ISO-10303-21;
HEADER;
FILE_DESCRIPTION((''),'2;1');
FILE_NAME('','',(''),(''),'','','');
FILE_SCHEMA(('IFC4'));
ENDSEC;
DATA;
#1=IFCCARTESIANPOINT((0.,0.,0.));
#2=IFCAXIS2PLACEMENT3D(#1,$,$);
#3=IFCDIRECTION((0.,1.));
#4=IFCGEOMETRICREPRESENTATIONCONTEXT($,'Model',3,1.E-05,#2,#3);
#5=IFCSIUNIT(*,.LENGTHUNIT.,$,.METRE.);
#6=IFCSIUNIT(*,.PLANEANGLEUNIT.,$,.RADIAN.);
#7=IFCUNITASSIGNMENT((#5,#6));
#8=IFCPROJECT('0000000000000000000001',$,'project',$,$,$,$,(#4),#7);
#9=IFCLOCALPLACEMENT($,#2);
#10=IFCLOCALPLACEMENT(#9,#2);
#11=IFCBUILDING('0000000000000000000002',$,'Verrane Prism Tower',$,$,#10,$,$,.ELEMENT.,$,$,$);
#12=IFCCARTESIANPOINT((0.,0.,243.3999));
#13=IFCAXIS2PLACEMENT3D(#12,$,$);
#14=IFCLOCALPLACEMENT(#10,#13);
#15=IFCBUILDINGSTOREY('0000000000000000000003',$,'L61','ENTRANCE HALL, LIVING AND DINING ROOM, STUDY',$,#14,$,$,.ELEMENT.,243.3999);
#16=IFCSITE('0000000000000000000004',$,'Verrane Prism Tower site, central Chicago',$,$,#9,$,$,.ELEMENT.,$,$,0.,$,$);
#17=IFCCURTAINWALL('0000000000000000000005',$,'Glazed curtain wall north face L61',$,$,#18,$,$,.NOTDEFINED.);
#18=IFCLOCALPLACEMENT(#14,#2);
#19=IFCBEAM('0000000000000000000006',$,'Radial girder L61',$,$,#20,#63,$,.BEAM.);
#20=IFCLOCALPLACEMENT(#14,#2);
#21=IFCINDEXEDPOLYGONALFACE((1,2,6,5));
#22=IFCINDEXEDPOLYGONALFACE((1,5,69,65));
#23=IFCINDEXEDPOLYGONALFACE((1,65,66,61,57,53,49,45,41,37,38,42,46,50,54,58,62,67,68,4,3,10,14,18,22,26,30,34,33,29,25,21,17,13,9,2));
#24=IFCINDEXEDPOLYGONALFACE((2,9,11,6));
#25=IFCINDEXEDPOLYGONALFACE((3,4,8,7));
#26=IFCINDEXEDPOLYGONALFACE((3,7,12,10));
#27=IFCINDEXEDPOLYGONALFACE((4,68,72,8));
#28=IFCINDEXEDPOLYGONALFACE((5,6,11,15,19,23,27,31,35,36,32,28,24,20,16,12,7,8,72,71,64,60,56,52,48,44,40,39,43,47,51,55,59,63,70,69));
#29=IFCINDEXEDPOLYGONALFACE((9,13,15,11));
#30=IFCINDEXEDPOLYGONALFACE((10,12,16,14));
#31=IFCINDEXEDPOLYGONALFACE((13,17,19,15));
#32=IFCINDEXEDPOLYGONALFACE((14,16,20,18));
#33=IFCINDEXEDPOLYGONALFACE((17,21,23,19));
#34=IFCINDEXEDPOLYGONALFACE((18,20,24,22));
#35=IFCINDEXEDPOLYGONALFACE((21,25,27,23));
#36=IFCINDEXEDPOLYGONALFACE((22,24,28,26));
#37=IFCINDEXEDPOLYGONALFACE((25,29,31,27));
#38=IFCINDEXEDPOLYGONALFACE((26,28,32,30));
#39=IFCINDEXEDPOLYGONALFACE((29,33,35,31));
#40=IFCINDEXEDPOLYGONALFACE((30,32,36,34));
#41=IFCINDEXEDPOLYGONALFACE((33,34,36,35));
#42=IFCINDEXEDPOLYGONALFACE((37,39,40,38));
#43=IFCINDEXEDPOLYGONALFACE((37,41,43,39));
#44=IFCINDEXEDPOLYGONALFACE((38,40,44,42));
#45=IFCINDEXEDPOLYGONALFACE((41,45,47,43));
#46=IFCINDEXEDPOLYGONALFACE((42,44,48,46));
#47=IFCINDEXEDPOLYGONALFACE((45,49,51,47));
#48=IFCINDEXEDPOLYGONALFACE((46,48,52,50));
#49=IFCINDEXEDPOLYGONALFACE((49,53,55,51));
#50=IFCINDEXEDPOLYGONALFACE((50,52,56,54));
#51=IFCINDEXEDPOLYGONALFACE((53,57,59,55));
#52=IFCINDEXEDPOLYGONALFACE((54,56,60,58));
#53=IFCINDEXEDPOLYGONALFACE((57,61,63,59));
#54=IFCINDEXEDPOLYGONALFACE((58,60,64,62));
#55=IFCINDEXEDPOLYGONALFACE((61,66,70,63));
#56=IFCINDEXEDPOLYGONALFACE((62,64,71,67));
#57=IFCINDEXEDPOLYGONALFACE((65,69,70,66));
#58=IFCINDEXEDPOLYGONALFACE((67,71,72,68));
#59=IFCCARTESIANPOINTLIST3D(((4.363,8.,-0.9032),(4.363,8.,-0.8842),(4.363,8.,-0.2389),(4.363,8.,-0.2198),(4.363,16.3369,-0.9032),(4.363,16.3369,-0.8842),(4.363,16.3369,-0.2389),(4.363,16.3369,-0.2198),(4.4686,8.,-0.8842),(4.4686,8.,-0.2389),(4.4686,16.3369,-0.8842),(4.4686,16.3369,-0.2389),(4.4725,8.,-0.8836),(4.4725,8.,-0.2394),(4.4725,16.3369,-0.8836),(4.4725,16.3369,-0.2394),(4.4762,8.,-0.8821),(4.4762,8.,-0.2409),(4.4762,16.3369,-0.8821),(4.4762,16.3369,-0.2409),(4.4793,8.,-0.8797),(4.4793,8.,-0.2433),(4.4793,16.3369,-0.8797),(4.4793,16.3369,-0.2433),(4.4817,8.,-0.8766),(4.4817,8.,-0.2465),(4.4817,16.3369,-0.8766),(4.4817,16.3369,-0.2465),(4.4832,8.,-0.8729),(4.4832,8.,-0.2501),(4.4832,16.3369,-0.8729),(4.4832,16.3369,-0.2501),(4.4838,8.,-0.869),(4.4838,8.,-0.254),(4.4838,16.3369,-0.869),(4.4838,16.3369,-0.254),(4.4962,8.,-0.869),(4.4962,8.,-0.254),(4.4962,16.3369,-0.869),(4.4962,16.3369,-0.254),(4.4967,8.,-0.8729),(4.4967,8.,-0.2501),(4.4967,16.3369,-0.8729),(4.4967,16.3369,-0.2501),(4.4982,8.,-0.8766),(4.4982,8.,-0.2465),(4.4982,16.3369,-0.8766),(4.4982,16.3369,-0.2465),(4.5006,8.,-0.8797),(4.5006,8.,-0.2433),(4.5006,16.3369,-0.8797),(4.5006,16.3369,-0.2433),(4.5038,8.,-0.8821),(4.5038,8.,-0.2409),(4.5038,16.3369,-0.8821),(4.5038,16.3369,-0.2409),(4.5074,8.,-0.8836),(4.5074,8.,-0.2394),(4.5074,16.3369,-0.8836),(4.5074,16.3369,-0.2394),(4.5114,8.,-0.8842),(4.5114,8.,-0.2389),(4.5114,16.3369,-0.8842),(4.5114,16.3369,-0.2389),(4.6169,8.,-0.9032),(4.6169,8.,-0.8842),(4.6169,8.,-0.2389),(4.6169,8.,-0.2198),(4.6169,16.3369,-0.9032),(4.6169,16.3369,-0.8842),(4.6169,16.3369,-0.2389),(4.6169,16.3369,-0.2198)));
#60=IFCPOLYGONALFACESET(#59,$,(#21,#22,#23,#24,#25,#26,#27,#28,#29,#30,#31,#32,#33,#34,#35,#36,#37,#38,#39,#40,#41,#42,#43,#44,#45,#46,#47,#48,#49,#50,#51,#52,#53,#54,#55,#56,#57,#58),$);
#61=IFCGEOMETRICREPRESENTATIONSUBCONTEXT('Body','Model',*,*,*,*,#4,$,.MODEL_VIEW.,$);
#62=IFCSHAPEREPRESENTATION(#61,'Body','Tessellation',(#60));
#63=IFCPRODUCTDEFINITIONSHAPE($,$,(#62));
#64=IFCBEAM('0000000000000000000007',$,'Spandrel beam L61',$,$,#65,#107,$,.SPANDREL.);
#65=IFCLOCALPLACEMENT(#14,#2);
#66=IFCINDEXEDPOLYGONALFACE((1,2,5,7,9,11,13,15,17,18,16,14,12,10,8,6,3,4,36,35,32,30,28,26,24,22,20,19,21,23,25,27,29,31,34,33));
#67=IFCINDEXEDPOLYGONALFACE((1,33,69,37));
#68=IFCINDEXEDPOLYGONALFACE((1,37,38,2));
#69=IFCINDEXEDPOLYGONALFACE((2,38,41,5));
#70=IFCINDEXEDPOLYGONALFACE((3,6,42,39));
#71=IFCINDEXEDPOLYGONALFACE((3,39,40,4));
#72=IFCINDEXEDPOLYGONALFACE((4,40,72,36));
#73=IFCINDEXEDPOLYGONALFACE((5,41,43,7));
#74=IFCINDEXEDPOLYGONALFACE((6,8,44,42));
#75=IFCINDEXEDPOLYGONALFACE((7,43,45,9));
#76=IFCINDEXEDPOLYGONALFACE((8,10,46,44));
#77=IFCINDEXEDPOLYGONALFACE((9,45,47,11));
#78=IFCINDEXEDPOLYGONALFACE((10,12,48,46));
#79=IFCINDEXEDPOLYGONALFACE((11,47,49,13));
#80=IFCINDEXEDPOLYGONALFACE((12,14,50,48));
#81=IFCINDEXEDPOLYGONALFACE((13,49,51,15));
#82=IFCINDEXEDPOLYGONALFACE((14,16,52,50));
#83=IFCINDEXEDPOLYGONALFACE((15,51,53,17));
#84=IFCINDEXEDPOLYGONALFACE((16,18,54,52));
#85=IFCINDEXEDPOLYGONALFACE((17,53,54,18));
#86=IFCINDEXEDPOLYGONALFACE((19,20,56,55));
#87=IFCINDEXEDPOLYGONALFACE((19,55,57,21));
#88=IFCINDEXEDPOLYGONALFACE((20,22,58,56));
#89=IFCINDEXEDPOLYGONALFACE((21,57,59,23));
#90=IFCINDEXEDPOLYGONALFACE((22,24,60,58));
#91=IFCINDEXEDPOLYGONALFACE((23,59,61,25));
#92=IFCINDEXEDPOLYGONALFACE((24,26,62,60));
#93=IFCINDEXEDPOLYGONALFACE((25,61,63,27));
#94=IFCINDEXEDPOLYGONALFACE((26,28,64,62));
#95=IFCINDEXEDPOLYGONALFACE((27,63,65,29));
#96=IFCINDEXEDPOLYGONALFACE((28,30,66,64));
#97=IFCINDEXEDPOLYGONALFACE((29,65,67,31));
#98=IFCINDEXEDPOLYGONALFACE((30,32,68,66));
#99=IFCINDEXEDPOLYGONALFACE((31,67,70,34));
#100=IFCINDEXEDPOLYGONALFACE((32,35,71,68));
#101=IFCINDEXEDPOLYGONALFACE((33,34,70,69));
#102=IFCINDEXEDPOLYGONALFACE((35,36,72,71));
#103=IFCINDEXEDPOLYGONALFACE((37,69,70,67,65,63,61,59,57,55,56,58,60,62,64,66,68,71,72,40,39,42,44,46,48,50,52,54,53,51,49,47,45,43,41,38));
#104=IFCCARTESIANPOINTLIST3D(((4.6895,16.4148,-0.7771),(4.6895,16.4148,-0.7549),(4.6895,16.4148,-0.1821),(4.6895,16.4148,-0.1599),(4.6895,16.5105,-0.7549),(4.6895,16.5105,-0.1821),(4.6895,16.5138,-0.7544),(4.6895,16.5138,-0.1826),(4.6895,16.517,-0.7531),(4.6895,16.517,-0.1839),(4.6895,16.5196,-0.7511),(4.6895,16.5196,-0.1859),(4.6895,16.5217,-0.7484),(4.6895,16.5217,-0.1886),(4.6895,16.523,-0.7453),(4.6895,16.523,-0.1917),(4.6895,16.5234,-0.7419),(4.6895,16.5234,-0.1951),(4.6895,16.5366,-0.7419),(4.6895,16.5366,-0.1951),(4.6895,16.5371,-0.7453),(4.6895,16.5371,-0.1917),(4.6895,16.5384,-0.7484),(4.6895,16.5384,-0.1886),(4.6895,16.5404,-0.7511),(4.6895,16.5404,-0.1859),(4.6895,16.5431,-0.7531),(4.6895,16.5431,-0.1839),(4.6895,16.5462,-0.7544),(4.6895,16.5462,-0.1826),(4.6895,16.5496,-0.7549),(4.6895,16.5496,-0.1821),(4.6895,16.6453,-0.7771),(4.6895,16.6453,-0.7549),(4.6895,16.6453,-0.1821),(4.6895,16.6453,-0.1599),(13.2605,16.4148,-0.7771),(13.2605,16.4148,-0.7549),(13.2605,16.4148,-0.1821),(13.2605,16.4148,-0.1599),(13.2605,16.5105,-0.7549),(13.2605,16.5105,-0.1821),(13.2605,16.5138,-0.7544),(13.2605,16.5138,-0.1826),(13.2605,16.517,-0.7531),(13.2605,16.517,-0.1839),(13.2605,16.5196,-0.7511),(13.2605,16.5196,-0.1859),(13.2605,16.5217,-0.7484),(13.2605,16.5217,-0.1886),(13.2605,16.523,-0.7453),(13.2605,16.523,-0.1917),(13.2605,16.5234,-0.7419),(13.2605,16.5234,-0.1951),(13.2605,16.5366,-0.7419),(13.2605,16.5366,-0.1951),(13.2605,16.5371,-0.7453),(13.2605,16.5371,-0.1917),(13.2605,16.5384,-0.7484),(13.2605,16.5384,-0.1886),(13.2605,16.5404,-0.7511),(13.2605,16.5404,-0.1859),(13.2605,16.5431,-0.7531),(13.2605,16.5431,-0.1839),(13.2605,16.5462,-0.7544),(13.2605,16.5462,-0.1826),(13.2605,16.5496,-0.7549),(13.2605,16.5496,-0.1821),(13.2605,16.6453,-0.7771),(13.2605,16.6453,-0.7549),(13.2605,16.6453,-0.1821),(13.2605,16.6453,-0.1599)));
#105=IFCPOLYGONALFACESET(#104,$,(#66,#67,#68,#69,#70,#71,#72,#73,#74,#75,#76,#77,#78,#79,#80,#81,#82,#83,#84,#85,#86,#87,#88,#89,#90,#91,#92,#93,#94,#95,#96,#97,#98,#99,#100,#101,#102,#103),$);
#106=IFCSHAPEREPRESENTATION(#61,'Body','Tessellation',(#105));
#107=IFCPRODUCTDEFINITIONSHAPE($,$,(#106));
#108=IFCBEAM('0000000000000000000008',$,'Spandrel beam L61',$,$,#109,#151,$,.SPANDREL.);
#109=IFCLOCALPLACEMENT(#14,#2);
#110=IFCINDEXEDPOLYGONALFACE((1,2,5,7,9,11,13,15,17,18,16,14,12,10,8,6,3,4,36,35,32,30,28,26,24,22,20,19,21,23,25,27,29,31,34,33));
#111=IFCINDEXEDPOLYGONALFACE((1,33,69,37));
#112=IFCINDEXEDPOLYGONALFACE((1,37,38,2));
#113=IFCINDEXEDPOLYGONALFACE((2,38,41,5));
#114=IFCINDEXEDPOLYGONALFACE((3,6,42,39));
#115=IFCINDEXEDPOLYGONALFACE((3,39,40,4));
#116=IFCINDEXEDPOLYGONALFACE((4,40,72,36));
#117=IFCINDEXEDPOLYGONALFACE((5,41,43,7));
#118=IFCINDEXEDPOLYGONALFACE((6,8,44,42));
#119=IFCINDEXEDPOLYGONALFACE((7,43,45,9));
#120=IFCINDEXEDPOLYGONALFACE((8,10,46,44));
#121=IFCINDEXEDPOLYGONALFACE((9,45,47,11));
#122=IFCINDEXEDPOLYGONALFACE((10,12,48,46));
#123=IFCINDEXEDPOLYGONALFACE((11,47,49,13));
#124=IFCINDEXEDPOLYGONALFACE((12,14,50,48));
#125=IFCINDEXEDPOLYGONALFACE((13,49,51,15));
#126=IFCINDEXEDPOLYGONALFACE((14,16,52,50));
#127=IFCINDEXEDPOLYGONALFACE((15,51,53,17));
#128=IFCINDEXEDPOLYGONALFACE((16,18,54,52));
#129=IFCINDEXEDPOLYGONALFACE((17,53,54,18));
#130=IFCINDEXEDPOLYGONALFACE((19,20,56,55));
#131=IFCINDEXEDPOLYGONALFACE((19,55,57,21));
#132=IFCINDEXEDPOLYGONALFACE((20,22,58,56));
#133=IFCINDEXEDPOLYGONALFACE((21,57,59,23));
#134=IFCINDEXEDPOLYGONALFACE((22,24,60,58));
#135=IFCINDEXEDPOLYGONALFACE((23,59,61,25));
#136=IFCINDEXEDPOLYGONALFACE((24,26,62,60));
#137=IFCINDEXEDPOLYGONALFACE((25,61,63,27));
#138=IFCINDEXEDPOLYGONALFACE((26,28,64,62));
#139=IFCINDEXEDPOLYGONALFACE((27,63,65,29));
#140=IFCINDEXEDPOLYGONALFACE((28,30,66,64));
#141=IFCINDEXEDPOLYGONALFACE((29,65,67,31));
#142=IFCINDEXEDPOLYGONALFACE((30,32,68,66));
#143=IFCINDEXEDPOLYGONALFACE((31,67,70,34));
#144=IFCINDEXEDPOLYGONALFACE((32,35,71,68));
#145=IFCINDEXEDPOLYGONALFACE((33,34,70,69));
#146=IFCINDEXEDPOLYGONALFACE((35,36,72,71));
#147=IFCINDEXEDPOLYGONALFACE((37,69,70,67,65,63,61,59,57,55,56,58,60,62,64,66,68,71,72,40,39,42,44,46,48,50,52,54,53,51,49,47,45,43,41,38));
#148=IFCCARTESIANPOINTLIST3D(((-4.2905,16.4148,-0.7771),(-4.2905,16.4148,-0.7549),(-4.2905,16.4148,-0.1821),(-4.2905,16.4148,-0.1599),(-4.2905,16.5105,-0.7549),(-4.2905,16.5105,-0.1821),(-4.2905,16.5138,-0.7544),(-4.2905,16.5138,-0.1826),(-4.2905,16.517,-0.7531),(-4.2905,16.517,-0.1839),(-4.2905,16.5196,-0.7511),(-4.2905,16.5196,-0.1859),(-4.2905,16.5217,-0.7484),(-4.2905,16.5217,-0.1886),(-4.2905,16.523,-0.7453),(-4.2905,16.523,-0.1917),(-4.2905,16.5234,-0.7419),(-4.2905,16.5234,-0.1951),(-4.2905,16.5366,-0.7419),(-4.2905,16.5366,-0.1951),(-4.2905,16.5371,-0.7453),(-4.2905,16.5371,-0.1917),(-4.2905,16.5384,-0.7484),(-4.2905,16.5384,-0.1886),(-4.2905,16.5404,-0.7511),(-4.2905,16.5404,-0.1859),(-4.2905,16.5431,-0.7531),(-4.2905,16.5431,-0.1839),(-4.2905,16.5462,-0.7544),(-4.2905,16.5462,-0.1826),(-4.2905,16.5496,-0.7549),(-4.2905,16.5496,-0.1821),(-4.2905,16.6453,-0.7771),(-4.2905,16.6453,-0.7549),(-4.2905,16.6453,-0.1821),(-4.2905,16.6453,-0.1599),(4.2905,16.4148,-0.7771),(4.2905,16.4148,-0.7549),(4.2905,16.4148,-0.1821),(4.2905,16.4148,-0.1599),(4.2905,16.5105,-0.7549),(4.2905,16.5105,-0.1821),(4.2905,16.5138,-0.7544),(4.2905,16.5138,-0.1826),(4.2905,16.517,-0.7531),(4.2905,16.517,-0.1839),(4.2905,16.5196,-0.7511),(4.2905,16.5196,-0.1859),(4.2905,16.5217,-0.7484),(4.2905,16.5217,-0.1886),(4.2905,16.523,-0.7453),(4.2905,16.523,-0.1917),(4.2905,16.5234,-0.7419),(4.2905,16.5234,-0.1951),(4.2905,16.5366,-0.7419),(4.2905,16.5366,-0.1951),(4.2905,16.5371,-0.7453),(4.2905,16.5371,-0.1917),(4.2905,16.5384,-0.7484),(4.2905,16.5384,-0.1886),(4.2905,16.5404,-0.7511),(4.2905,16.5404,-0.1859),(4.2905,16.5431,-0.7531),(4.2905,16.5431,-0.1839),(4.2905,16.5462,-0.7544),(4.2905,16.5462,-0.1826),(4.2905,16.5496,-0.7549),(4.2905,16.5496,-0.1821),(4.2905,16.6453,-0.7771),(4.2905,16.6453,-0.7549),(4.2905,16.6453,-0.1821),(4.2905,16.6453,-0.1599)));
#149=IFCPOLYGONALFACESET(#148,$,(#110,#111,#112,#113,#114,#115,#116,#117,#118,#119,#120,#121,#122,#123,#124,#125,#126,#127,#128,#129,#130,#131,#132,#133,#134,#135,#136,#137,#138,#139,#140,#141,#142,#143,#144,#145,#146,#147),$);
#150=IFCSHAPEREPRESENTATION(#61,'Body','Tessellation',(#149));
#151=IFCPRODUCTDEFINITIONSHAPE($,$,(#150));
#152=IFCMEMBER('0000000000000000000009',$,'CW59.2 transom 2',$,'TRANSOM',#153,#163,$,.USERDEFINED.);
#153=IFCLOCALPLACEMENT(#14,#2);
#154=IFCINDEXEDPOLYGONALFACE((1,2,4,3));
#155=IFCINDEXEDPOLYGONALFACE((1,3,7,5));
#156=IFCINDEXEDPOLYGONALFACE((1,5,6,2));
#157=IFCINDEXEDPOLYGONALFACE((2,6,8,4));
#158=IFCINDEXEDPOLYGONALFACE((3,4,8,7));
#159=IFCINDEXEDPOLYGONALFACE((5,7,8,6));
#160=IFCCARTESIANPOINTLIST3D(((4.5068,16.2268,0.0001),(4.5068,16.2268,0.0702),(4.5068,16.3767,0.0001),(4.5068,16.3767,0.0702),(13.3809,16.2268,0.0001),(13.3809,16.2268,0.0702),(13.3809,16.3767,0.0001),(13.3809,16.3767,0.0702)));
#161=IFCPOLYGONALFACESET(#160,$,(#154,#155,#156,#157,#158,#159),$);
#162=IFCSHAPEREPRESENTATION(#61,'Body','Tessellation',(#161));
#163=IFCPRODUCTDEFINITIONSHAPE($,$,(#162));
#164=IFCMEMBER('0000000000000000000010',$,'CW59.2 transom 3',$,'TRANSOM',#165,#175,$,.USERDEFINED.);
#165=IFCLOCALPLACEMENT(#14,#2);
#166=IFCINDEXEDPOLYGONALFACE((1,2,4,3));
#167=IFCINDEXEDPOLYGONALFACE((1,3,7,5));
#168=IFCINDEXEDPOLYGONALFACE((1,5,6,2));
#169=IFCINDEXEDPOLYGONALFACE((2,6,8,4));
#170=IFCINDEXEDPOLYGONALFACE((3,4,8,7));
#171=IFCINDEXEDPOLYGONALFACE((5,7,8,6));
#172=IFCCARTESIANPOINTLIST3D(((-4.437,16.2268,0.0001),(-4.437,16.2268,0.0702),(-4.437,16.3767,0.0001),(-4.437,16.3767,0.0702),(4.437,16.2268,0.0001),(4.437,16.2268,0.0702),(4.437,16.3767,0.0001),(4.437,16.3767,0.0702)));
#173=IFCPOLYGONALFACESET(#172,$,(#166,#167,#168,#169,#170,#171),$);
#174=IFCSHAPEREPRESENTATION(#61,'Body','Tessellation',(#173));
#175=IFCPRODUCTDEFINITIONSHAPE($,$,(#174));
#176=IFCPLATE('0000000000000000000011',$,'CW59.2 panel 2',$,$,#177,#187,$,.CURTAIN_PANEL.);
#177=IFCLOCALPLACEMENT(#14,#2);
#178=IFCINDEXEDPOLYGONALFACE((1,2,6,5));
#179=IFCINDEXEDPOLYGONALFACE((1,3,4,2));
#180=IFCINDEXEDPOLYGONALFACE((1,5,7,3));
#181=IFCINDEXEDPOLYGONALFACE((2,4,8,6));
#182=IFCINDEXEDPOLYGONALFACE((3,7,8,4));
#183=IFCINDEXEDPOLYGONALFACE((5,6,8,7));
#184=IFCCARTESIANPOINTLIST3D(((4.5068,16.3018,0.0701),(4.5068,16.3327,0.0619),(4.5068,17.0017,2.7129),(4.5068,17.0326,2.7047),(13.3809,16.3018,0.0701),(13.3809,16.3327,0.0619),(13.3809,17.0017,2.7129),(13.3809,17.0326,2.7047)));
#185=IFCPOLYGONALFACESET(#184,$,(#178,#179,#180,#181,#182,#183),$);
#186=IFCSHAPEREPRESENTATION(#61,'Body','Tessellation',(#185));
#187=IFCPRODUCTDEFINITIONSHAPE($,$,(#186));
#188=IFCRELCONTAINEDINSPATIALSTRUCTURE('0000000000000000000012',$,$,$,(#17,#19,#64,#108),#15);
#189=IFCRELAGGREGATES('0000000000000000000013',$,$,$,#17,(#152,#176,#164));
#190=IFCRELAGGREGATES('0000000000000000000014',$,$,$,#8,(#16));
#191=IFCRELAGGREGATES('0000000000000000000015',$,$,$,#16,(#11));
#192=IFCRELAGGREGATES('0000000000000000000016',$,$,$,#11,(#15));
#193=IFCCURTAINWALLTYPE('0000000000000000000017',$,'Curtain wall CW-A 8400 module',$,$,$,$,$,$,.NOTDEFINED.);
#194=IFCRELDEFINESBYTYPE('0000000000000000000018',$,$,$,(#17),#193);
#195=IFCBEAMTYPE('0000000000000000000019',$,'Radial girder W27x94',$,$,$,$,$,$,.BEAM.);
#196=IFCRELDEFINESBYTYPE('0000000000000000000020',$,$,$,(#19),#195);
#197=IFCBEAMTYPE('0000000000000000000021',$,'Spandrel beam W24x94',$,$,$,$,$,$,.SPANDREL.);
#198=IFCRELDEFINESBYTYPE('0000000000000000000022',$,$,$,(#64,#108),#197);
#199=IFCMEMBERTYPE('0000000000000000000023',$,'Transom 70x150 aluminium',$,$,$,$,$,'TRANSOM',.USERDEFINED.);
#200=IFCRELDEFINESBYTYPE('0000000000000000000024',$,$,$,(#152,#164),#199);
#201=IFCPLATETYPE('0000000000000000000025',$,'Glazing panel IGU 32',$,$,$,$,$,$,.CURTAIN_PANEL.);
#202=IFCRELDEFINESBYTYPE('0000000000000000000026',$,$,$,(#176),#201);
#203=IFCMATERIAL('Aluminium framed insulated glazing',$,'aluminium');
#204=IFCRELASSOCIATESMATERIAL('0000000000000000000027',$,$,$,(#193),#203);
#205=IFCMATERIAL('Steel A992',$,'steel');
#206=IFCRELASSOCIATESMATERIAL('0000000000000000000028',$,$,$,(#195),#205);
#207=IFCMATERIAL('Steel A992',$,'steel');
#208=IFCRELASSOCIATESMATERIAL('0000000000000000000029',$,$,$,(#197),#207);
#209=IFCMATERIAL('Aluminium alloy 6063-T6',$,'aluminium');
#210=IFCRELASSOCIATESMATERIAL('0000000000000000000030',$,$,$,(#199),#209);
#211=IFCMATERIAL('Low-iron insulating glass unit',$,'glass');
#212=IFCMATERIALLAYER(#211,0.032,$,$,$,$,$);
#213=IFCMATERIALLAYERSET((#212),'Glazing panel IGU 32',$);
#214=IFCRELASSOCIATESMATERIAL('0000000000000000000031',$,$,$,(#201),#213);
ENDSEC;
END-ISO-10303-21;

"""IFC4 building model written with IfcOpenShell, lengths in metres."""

from ifc_helpers import new_model, si_unit, direction, frame, origin, origin_2d, place, context, subcontext, project, spatial, polyline, rectangle, i_section, outline, extrude, material, layer, layer_set, material_profile, profile_set, type_object, element, aggregate, save


model = new_model("IFC4")

# Units and contexts
model_context = context("Model", 3, precision=1e-05, world=origin(), true_north=direction((0.0, 1.0)))
body_context = subcontext(model_context, "Body", "Model", "MODEL_VIEW")
ifc_project = project(units=[si_unit("LENGTHUNIT", "METRE"), si_unit("PLANEANGLEUNIT", "RADIAN")], contexts=[model_context])

# Site, building, storey
site_placement = place(None, origin())
site = spatial("IfcSite", under=ifc_project, at=site_placement, Name="Verrane Prism Tower site, central Chicago", CompositionType="ELEMENT", RefElevation=0.0)
building_placement = place(site_placement, origin())
building = spatial("IfcBuilding", under=site, at=building_placement, Name="Verrane Prism Tower", CompositionType="ELEMENT")
storey_placement = place(building_placement, frame((0.0, 0.0, 243.3999)))
storey = spatial("IfcBuildingStorey", under=building, at=storey_placement, Name="L61", Description="ENTRANCE HALL, LIVING AND DINING ROOM, STUDY", CompositionType="ELEMENT", Elevation=243.3999)

# Curtain wall
ifc_material_1 = material(Name="Aluminium framed insulated glazing", Category="aluminium")
curtain_wall_type = type_object("IfcCurtainWallType", Name="Curtain wall CW-A 8400 module", PredefinedType="NOTDEFINED", material=ifc_material_1)
curtain_wall_placement = place(storey_placement, origin())
curtain_wall = element("IfcCurtainWall", 1, at=curtain_wall_placement, inside=storey, type_object=curtain_wall_type, Name="Glazed curtain wall north face L61", PredefinedType="NOTDEFINED")

# Beams
ifc_material_2 = material(Name="Steel A992", Category="steel")
ifc_material_profile_1 = material_profile(ifc_material_2, i_section(OverallWidth=0.2539, OverallDepth=0.6833, WebThickness=0.0125, FlangeThickness=0.019, FilletRadius=0.0151, at=origin_2d()), Name="W27x94")
ifc_profile_set_1 = profile_set([ifc_material_profile_1], Name="Steel A992")
beam_type_1 = type_object("IfcBeamType", Name="Radial girder W27x94", PredefinedType="BEAM", material=ifc_profile_set_1)
beam_1_placement = place(storey_placement, frame((4.49, 16.3369, -0.5615), z_axis=(0.0, -1.0, 0.0), x_axis=(1.0, 0.0, 0.0)))
element("IfcBeam", 2, at=beam_1_placement, inside=storey, type_object=beam_type_1, Name="Radial girder L61", PredefinedType="BEAM", context=body_context, shape_type="SweptSolid", body=[
    extrude(i_section(OverallWidth=0.2539, OverallDepth=0.6833, WebThickness=0.0125, FlangeThickness=0.019, FilletRadius=0.0151, at=origin_2d()), origin(), (0.0, 0.0, 1.0), 8.3369),
])
ifc_material_3 = material(Name="Steel A992", Category="steel")
ifc_material_profile_2 = material_profile(ifc_material_3, i_section(OverallWidth=0.2305, OverallDepth=0.6172, WebThickness=0.0132, FlangeThickness=0.0222, FilletRadius=0.0129, at=origin_2d()), Name="W24x94")
ifc_profile_set_2 = profile_set([ifc_material_profile_2], Name="Steel A992")
beam_type_2 = type_object("IfcBeamType", Name="Spandrel beam W24x94", PredefinedType="SPANDREL", material=ifc_profile_set_2)
beam_2_placement = place(storey_placement, frame((13.2605, 16.53, -0.4685), z_axis=(-1.0, 0.0, 0.0), x_axis=(0.0, -1.0, 0.0)))
element("IfcBeam", 3, at=beam_2_placement, inside=storey, type_object=beam_type_2, Name="Spandrel beam L61", PredefinedType="SPANDREL", context=body_context, shape_type="SweptSolid", body=[
    extrude(i_section(OverallWidth=0.2305, OverallDepth=0.6172, WebThickness=0.0132, FlangeThickness=0.0222, FilletRadius=0.0129, at=origin_2d()), origin(), (0.0, 0.0, 1.0), 8.571),
])
beam_3_placement = place(storey_placement, frame((4.2905, 16.53, -0.4685), z_axis=(-1.0, 0.0, 0.0), x_axis=(0.0, -1.0, 0.0)))
element("IfcBeam", 4, at=beam_3_placement, inside=storey, type_object=beam_type_2, Name="Spandrel beam L61", PredefinedType="SPANDREL", context=body_context, shape_type="SweptSolid", body=[
    extrude(i_section(OverallWidth=0.2305, OverallDepth=0.6172, WebThickness=0.0132, FlangeThickness=0.0222, FilletRadius=0.0129, at=origin_2d()), origin(), (0.0, 0.0, 1.0), 8.5811),
])

# Members
ifc_material_4 = material(Name="Aluminium alloy 6063-T6", Category="aluminium")
ifc_material_profile_3 = material_profile(ifc_material_4, rectangle(XDim=0.1499, YDim=0.0701, at=origin_2d()), Name="Transom 70x150 aluminium")
ifc_profile_set_3 = profile_set([ifc_material_profile_3], Name="Aluminium alloy 6063-T6")
member_type_1 = type_object("IfcMemberType", Name="Transom 70x150 aluminium", ElementType="TRANSOM", PredefinedType="USERDEFINED", material=ifc_profile_set_3)
member_1_placement = place(storey_placement, frame((13.3809, 16.3018, 0.0352), z_axis=(-1.0, 0.0, 0.0), x_axis=(0.0, -1.0, 0.0)))
member_1 = element("IfcMember", 5, at=member_1_placement, type_object=member_type_1, Name="CW59.2 transom 2", ObjectType="TRANSOM", PredefinedType="USERDEFINED", context=body_context, shape_type="SweptSolid", body=[
    extrude(rectangle(XDim=0.1499, YDim=0.0701, at=origin_2d()), origin(), (0.0, 0.0, 1.0), 8.874),
])
member_2_placement = place(storey_placement, frame((4.437, 16.3018, 0.0352), z_axis=(-1.0, 0.0, 0.0), x_axis=(0.0, -1.0, 0.0)))
member_2 = element("IfcMember", 6, at=member_2_placement, type_object=member_type_1, Name="CW59.2 transom 3", ObjectType="TRANSOM", PredefinedType="USERDEFINED", context=body_context, shape_type="SweptSolid", body=[
    extrude(rectangle(XDim=0.1499, YDim=0.0701, at=origin_2d()), origin(), (0.0, 0.0, 1.0), 8.874),
])

# Plate
ifc_material_5 = material(Name="Low-iron insulating glass unit", Category="glass")
ifc_layer_1 = layer(ifc_material_5, 0.032)
ifc_layer_set_1 = layer_set([ifc_layer_1], Name="Glazing panel IGU 32")
plate_type = type_object("IfcPlateType", Name="Glazing panel IGU 32", PredefinedType="CURTAIN_PANEL", material=ifc_layer_set_1)
plate_1_placement = place(storey_placement, frame((13.3809, 16.3018, 0.0701), z_axis=(0.0, -0.966671, 0.256023), x_axis=(-1.0, 0.0, 0.0)))
plate_1 = element("IfcPlate", 7, at=plate_1_placement, type_object=plate_type, Name="CW59.2 panel 2", PredefinedType="CURTAIN_PANEL", context=body_context, shape_type="SweptSolid", body=[
    extrude(outline(polyline([(0.0, 0.0), (8.874, 0.0), (8.874, -2.7339), (0.0, -2.7339), (0.0, 0.0)])), origin(), (0.0, 0.0, -1.0), 0.032),
])
aggregate(curtain_wall, [member_1, plate_1, member_2])

save(model, "model.ifc")
